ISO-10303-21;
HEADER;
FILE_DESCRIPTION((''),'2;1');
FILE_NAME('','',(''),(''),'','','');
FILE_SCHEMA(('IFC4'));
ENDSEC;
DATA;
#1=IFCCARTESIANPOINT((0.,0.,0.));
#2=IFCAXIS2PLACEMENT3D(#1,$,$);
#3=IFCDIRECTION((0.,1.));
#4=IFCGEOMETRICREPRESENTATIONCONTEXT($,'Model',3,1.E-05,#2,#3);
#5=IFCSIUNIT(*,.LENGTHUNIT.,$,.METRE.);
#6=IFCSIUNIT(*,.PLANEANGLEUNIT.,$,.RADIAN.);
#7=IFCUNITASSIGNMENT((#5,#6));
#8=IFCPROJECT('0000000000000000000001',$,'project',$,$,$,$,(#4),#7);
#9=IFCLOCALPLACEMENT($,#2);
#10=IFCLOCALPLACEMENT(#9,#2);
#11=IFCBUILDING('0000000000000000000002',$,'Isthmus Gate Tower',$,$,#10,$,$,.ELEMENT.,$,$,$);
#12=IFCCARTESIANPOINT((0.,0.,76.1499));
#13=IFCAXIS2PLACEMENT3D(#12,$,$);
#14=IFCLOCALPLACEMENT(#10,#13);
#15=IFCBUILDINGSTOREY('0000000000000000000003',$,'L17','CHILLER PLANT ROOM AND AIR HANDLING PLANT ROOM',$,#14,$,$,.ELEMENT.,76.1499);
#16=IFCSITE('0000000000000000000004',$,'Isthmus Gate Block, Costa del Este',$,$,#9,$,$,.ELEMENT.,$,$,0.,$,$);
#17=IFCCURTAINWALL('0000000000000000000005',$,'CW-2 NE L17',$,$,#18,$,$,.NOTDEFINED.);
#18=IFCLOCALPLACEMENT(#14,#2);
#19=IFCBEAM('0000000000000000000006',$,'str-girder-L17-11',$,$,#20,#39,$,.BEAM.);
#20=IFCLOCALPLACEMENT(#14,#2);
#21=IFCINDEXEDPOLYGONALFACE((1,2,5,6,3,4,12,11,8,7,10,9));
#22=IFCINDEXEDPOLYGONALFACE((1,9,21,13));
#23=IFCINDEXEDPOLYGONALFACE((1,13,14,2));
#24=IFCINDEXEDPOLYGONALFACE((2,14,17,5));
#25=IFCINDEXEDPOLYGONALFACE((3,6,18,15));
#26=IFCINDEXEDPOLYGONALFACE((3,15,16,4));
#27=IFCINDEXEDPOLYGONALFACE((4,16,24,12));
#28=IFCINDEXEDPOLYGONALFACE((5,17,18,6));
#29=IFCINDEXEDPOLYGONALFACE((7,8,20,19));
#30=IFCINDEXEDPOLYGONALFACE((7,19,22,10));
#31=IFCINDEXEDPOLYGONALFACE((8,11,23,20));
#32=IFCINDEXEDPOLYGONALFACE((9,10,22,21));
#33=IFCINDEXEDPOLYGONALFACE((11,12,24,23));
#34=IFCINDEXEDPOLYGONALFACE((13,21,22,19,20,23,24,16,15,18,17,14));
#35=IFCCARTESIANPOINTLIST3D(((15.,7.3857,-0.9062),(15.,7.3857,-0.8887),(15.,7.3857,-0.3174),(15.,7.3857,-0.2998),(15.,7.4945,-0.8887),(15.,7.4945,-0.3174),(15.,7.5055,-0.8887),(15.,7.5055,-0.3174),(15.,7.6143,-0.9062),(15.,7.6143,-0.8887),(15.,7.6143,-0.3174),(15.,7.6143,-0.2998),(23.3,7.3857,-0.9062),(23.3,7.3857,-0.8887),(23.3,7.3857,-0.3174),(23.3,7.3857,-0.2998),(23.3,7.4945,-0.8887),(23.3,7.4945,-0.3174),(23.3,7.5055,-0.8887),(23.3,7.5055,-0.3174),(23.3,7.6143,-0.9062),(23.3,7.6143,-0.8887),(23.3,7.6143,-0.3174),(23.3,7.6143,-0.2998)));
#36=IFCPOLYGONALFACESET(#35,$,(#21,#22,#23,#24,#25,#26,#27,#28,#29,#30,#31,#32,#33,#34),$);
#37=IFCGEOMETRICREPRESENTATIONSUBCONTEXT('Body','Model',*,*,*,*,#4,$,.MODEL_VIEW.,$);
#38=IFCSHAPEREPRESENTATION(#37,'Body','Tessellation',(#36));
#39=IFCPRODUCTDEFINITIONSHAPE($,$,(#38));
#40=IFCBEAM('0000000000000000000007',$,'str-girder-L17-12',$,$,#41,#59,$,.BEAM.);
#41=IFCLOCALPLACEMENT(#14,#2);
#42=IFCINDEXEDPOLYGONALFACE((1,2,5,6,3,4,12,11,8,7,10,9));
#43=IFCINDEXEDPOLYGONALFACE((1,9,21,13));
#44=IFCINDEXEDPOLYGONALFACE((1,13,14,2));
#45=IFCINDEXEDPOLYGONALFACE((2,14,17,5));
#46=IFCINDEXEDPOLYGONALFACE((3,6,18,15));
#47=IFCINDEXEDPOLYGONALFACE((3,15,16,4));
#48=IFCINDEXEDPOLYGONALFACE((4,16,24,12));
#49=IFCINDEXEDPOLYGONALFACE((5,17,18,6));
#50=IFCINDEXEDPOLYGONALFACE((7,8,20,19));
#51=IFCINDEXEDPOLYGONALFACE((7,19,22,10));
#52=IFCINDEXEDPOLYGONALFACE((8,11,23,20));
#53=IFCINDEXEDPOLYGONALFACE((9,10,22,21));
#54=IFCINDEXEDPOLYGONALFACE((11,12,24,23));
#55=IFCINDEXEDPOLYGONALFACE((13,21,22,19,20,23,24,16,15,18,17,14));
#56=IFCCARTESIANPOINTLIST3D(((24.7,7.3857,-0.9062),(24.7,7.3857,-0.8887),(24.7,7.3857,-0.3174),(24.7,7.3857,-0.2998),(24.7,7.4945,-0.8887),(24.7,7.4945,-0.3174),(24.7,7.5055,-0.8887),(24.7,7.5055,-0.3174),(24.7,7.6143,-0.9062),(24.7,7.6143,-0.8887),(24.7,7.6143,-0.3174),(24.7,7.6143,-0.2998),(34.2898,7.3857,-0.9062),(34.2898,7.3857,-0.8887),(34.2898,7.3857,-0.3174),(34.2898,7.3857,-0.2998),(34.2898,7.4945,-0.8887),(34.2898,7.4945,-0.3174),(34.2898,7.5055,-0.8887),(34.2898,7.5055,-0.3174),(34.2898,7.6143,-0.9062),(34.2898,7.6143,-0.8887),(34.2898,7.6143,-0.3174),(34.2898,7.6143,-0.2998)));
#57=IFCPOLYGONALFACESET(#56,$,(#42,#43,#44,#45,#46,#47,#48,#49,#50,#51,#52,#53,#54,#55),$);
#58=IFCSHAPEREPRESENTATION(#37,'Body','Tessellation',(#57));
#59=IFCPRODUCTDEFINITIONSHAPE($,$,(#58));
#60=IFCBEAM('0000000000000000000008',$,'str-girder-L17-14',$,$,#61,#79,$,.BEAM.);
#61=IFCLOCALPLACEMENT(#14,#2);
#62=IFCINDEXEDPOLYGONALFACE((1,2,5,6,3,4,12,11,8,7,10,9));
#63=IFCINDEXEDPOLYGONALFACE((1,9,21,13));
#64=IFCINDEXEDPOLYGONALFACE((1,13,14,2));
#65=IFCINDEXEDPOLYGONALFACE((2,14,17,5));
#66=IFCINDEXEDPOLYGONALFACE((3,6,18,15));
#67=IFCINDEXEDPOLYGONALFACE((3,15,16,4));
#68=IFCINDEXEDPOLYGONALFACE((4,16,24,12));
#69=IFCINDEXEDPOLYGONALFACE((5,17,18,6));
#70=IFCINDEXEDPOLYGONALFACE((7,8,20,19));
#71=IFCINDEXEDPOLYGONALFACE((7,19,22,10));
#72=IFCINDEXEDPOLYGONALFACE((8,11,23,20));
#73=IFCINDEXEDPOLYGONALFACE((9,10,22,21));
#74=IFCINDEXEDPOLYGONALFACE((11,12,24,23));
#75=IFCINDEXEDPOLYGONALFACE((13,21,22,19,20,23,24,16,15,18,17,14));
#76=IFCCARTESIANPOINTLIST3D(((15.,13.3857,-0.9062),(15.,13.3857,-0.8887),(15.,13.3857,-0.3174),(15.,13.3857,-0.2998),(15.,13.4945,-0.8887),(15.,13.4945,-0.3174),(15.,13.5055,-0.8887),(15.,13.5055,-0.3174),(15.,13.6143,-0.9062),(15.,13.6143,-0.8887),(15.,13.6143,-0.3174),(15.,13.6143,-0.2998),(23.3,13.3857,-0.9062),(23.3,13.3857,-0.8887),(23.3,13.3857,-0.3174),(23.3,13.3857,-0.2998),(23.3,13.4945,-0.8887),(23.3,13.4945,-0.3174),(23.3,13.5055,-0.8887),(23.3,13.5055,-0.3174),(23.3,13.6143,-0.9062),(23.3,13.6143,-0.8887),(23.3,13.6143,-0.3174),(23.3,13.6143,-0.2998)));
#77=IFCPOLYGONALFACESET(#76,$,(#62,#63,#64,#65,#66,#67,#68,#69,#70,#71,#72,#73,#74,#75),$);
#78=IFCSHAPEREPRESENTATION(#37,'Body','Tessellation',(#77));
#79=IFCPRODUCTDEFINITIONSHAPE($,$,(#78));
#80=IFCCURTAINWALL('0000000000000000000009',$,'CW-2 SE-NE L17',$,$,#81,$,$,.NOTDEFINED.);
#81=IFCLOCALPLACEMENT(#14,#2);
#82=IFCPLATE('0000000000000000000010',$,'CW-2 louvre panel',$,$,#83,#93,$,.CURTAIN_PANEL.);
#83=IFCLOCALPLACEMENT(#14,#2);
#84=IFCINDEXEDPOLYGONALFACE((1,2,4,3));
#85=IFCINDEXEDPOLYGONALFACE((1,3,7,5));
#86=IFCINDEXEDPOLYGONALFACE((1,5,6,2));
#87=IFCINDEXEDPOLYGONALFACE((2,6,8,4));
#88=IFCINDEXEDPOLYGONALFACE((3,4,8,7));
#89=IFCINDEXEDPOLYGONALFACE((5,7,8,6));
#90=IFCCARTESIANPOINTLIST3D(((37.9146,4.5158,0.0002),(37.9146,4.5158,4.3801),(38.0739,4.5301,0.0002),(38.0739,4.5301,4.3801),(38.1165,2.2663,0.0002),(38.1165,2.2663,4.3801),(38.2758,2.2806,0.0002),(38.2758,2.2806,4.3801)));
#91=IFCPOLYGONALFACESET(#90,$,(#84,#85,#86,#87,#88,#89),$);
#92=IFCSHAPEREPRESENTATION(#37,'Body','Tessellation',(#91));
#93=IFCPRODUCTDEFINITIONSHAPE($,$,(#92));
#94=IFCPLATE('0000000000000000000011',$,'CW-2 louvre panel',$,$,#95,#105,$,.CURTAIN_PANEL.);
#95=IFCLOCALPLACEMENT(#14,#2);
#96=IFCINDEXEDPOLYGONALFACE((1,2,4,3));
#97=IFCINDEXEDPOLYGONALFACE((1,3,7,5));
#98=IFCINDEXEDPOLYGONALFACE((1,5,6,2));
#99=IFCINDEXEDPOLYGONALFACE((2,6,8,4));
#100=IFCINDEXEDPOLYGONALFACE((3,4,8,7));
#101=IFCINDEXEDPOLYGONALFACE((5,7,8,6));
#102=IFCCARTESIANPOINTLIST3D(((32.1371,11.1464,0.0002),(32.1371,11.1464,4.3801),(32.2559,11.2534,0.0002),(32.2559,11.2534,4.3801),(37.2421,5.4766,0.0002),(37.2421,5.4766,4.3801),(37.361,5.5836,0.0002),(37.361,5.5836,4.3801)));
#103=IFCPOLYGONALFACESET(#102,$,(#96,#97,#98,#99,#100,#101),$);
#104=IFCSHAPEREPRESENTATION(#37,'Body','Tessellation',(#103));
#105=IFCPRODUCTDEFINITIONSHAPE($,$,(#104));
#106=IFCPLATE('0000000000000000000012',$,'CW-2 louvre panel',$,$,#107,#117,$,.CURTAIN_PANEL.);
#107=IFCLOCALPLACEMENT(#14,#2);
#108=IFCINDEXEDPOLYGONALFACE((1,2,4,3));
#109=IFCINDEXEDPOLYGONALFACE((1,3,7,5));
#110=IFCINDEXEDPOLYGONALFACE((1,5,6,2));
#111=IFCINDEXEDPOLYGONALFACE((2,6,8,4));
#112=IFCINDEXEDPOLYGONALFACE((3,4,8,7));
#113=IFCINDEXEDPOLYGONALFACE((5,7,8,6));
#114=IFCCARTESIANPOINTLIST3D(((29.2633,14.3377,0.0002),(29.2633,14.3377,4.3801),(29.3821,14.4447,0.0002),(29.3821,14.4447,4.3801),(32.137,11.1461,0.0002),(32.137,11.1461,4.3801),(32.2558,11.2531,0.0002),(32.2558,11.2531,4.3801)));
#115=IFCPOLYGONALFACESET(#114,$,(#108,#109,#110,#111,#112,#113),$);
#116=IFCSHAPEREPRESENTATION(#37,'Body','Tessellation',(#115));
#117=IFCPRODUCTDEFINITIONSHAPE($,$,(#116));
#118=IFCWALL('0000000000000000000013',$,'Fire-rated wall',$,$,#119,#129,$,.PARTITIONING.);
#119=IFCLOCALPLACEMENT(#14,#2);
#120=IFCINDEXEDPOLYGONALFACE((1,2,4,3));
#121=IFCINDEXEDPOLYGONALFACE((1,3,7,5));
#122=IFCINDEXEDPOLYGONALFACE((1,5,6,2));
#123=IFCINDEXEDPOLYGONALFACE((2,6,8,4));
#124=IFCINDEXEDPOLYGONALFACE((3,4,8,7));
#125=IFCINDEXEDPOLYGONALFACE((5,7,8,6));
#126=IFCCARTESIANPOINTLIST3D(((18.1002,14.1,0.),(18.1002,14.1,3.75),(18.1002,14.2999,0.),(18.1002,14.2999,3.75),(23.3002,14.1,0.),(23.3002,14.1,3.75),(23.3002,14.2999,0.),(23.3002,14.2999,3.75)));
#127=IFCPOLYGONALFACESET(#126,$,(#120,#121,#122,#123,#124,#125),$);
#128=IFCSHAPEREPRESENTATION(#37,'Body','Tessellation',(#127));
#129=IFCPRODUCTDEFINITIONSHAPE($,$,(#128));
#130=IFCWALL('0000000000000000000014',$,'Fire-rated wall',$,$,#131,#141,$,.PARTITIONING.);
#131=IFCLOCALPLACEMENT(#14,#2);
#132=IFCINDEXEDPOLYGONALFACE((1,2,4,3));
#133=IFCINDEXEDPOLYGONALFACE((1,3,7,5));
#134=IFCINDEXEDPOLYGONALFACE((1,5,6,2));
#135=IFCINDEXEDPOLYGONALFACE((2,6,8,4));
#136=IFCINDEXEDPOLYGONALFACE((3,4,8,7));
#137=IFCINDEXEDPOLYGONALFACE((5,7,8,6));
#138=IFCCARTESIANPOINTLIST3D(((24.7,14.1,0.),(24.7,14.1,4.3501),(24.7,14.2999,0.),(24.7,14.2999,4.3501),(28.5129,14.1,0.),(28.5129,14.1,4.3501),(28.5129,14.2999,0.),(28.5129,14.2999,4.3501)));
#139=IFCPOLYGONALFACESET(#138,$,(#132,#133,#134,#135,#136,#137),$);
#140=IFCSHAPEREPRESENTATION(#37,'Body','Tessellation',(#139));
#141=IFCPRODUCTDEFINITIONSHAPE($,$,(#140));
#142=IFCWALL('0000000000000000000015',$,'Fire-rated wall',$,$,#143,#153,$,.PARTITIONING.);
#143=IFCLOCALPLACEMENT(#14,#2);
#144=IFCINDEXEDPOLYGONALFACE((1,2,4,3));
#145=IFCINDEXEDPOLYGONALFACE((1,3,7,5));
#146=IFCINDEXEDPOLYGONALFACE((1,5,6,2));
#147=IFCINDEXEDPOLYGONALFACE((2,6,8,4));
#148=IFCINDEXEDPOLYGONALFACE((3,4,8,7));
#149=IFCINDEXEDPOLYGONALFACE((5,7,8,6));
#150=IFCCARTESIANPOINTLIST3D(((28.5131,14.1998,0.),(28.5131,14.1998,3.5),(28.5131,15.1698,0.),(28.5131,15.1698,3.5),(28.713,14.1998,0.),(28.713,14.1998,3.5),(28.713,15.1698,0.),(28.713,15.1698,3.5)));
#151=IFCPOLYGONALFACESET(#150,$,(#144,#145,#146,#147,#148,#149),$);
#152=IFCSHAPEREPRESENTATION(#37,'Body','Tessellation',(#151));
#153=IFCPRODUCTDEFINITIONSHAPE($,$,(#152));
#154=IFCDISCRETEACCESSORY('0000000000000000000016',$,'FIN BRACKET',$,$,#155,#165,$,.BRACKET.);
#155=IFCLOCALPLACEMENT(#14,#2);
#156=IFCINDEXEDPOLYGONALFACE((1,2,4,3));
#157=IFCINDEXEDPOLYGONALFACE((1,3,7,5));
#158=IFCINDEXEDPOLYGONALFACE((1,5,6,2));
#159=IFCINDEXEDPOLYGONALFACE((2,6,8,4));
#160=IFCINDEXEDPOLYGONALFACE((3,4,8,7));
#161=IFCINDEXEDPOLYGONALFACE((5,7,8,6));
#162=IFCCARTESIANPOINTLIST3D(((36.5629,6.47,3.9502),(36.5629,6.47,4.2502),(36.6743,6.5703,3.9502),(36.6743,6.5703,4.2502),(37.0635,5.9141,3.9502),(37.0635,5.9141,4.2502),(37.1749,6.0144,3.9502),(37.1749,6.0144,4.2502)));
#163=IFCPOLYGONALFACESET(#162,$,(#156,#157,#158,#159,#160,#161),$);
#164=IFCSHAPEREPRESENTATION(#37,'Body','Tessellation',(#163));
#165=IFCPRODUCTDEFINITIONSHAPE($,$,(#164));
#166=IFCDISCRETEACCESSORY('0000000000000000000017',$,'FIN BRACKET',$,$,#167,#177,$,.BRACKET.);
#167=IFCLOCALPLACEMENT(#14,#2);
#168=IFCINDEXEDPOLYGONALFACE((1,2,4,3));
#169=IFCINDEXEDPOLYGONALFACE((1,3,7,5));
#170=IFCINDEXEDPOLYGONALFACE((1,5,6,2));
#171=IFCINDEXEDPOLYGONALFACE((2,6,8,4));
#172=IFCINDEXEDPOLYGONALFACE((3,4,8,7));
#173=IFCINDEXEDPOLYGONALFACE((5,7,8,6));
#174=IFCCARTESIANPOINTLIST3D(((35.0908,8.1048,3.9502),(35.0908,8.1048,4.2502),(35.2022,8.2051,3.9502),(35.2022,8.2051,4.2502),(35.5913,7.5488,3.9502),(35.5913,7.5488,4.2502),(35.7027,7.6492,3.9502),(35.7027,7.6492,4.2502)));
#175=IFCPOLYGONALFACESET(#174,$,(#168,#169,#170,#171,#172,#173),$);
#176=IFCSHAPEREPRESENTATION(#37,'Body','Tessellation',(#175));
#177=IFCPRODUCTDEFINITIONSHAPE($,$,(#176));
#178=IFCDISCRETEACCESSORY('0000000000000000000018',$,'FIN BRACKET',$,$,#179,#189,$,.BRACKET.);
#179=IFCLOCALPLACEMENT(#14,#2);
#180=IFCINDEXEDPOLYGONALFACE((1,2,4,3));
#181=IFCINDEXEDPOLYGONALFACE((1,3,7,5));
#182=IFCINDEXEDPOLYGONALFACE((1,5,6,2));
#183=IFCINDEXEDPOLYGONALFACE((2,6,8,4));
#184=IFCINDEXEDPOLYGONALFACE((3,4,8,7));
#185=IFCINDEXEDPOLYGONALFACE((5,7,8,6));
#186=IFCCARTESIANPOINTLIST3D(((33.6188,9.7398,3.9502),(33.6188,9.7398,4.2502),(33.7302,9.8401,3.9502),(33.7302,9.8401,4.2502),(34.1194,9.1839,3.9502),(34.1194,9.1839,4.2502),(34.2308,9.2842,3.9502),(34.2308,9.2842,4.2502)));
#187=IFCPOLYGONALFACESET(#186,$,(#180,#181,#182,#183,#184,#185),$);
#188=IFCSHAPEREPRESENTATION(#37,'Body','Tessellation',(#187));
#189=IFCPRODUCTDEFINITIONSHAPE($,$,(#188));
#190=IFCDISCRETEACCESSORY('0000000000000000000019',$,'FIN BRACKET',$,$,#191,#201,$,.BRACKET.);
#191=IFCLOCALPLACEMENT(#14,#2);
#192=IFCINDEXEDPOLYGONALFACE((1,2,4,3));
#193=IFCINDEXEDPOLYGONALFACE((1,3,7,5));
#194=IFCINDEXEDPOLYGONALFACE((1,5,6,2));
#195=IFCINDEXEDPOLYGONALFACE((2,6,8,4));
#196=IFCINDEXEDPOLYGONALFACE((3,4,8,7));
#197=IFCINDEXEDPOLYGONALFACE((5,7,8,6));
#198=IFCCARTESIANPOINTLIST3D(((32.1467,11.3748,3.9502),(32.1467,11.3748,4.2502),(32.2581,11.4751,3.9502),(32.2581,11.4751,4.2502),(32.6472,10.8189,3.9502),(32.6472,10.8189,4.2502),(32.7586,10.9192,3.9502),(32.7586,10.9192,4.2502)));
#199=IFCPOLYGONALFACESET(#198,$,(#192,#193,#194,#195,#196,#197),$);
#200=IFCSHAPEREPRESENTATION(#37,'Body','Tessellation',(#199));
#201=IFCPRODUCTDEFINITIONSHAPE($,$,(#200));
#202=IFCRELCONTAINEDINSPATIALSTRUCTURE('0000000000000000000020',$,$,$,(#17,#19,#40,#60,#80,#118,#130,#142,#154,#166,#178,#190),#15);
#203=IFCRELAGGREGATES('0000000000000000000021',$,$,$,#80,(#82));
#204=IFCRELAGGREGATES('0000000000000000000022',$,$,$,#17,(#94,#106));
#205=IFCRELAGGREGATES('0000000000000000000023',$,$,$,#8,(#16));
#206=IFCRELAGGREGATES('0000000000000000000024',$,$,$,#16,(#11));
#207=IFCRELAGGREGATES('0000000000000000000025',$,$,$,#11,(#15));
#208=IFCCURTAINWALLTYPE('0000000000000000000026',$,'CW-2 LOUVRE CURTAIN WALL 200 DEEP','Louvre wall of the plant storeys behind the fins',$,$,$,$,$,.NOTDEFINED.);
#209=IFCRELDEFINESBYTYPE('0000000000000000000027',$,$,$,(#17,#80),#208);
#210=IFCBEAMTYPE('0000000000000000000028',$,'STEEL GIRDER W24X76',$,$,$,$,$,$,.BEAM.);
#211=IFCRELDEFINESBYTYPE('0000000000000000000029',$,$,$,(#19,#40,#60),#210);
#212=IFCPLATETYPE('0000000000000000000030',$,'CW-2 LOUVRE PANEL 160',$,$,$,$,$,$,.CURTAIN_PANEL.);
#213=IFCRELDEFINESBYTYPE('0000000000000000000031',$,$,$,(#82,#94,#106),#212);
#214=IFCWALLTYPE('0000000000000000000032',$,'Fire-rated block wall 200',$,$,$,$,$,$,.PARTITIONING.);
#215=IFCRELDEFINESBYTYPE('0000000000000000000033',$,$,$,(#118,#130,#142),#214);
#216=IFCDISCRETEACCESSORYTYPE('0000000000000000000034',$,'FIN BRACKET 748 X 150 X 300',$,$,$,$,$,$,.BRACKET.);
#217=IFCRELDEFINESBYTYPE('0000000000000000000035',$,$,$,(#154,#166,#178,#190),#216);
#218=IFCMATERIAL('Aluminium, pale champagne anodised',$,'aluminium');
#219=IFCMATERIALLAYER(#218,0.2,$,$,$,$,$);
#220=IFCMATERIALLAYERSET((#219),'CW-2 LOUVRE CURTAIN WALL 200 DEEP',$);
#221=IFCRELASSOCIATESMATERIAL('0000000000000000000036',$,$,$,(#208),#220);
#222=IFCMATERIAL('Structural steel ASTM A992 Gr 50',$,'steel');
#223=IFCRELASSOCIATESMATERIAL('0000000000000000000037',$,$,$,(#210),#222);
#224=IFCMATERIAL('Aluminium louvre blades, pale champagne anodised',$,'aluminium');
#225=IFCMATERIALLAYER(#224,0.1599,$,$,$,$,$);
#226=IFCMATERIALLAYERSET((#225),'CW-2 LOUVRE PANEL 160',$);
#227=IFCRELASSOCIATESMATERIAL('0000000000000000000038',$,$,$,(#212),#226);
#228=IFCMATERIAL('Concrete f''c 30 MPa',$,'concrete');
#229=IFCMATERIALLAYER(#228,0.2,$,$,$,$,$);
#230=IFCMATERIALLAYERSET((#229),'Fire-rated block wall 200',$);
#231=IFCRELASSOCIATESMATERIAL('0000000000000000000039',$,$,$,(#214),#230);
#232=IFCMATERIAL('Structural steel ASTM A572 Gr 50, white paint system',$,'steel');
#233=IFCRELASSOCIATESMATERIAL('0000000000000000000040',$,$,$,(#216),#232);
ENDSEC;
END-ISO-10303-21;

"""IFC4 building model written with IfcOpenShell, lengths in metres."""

from ifc_helpers import new_model, si_unit, direction, frame, frame_2d, origin, origin_2d, place, context, subcontext, project, spatial, rectangle, i_section, extrude, material, layer, layer_set, material_profile, profile_set, type_object, element, aggregate, save


model = new_model("IFC4")

# Units and contexts
model_context = context("Model", 3, precision=1e-05, world=origin(), true_north=direction((0.0, 1.0)))
body_context = subcontext(model_context, "Body", "Model", "MODEL_VIEW")
ifc_project = project(units=[si_unit("LENGTHUNIT", "METRE"), si_unit("PLANEANGLEUNIT", "RADIAN")], contexts=[model_context])

# Site, building, storey
site_placement = place(None, origin())
site = spatial("IfcSite", under=ifc_project, at=site_placement, Name="Isthmus Gate Block, Costa del Este", CompositionType="ELEMENT", RefElevation=0.0)
building_placement = place(site_placement, origin())
building = spatial("IfcBuilding", under=site, at=building_placement, Name="Isthmus Gate Tower", CompositionType="ELEMENT")
storey_placement = place(building_placement, frame((0.0, 0.0, 76.1499)))
storey = spatial("IfcBuildingStorey", under=building, at=storey_placement, Name="L17", Description="CHILLER PLANT ROOM AND AIR HANDLING PLANT ROOM", CompositionType="ELEMENT", Elevation=76.1499)

# Curtain wall
ifc_material_1 = material(Name="Aluminium, pale champagne anodised", Category="aluminium")
ifc_layer_1 = layer(ifc_material_1, 0.2)
ifc_layer_set_1 = layer_set([ifc_layer_1], Name="CW-2 LOUVRE CURTAIN WALL 200 DEEP")
curtain_wall_type = type_object("IfcCurtainWallType", Name="CW-2 LOUVRE CURTAIN WALL 200 DEEP", Description="Louvre wall of the plant storeys behind the fins", PredefinedType="NOTDEFINED", material=ifc_layer_set_1)
curtain_wall_1_placement = place(storey_placement, origin())
curtain_wall_1 = element("IfcCurtainWall", 1, at=curtain_wall_1_placement, inside=storey, type_object=curtain_wall_type, Name="CW-2 NE L17", PredefinedType="NOTDEFINED")

# Beams
ifc_material_2 = material(Name="Structural steel ASTM A992 Gr 50", Category="steel")
ifc_material_profile_1 = material_profile(ifc_material_2, i_section(OverallWidth=0.2285, OverallDepth=0.6064, WebThickness=0.011, FlangeThickness=0.0176, at=origin_2d()), Name="W24X76")
ifc_profile_set_1 = profile_set([ifc_material_profile_1], Name="Structural steel ASTM A992 Gr 50")
beam_type_1 = type_object("IfcBeamType", Name="STEEL GIRDER W24X76", PredefinedType="BEAM", material=ifc_profile_set_1)
beam_1_placement = place(storey_placement, frame((15.0, 7.5, -0.603), z_axis=(1.0, 0.0, 0.0), x_axis=(0.0, 1.0, 0.0)))
element("IfcBeam", 2, at=beam_1_placement, inside=storey, type_object=beam_type_1, Name="str-girder-L17-11", PredefinedType="BEAM", context=body_context, shape_type="SweptSolid", body=[
    extrude(i_section(OverallWidth=0.2285, OverallDepth=0.6064, WebThickness=0.011, FlangeThickness=0.0176, at=origin_2d()), origin(), (0.0, 0.0, 1.0), 8.3),
])
beam_2_placement = place(storey_placement, frame((24.7, 7.5, -0.603), z_axis=(1.0, 0.0, 0.0), x_axis=(0.0, 1.0, 0.0)))
element("IfcBeam", 3, at=beam_2_placement, inside=storey, type_object=beam_type_1, Name="str-girder-L17-12", PredefinedType="BEAM", context=body_context, shape_type="SweptSolid", body=[
    extrude(i_section(OverallWidth=0.2285, OverallDepth=0.6064, WebThickness=0.011, FlangeThickness=0.0176, at=origin_2d()), origin(), (0.0, 0.0, 1.0), 9.5898),
])
beam_3_placement = place(storey_placement, frame((15.0, 13.5, -0.603), z_axis=(1.0, 0.0, 0.0), x_axis=(0.0, 1.0, 0.0)))
element("IfcBeam", 4, at=beam_3_placement, inside=storey, type_object=beam_type_1, Name="str-girder-L17-14", PredefinedType="BEAM", context=body_context, shape_type="SweptSolid", body=[
    extrude(i_section(OverallWidth=0.2285, OverallDepth=0.6064, WebThickness=0.011, FlangeThickness=0.0176, at=origin_2d()), origin(), (0.0, 0.0, 1.0), 8.3),
])

# Curtain wall, plate
curtain_wall_2_placement = place(storey_placement, origin())
curtain_wall_2 = element("IfcCurtainWall", 5, at=curtain_wall_2_placement, inside=storey, type_object=curtain_wall_type, Name="CW-2 SE-NE L17", PredefinedType="NOTDEFINED")
ifc_material_3 = material(Name="Aluminium louvre blades, pale champagne anodised", Category="aluminium")
ifc_layer_2 = layer(ifc_material_3, 0.1599)
ifc_layer_set_2 = layer_set([ifc_layer_2], Name="CW-2 LOUVRE PANEL 160")
plate_type = type_object("IfcPlateType", Name="CW-2 LOUVRE PANEL 160", PredefinedType="CURTAIN_PANEL", material=ifc_layer_set_2)
plate_1_placement = place(storey_placement, frame((38.0952, 3.3982, 0.0002), z_axis=(0.0, 0.0, 1.0), x_axis=(-0.089397, 0.995996, 0.0)))
plate_1 = element("IfcPlate", 6, at=plate_1_placement, type_object=plate_type, Name="CW-2 louvre panel", PredefinedType="CURTAIN_PANEL", context=body_context, shape_type="SweptSolid", body=[
    extrude(rectangle(XDim=2.2585, YDim=0.1599, at=origin_2d()), origin(), (0.0, 0.0, 1.0), 4.3799),
])
aggregate(curtain_wall_2, [plate_1])

# Plates
plate_2_placement = place(storey_placement, frame((34.749, 8.365, 0.0002), z_axis=(0.0, 0.0, 1.0), x_axis=(-0.669131, 0.743145, 0.0)))
plate_2 = element("IfcPlate", 7, at=plate_2_placement, type_object=plate_type, Name="CW-2 louvre panel", PredefinedType="CURTAIN_PANEL", context=body_context, shape_type="SweptSolid", body=[
    extrude(rectangle(XDim=7.6294, YDim=0.1599, at=origin_2d()), origin(), (0.0, 0.0, 1.0), 4.3799),
])
plate_3_placement = place(storey_placement, frame((30.7595, 12.7954, 0.0002), z_axis=(0.0, 0.0, 1.0), x_axis=(-0.669131, 0.743145, 0.0)))
plate_3 = element("IfcPlate", 8, at=plate_3_placement, type_object=plate_type, Name="CW-2 louvre panel", PredefinedType="CURTAIN_PANEL", context=body_context, shape_type="SweptSolid", body=[
    extrude(rectangle(XDim=4.2947, YDim=0.1599, at=origin_2d()), origin(), (0.0, 0.0, 1.0), 4.3799),
])
aggregate(curtain_wall_1, [plate_2, plate_3])

# Walls
ifc_material_4 = material(Name="Concrete f'c 30 MPa", Category="concrete")
ifc_layer_3 = layer(ifc_material_4, 0.2)
ifc_layer_set_3 = layer_set([ifc_layer_3], Name="Fire-rated block wall 200")
wall_type = type_object("IfcWallType", Name="Fire-rated block wall 200", PredefinedType="PARTITIONING", material=ifc_layer_set_3)
wall_1_placement = place(storey_placement, frame((18.1001, 14.2, 0.0), z_axis=(0.0, 0.0, 1.0), x_axis=(1.0, 0.0, 0.0)))
element("IfcWall", 9, at=wall_1_placement, inside=storey, type_object=wall_type, Name="Fire-rated wall", PredefinedType="PARTITIONING", context=body_context, shape_type="SweptSolid", body=[
    extrude(rectangle(XDim=5.2, YDim=0.2, at=frame_2d((2.6001, 0.0))), origin(), (0.0, 0.0, 1.0), 3.75),
])
wall_2_placement = place(storey_placement, frame((24.7, 14.2, 0.0), z_axis=(0.0, 0.0, 1.0), x_axis=(1.0, 0.0, 0.0)))
element("IfcWall", 10, at=wall_2_placement, inside=storey, type_object=wall_type, Name="Fire-rated wall", PredefinedType="PARTITIONING", context=body_context, shape_type="SweptSolid", body=[
    extrude(rectangle(XDim=3.813, YDim=0.2, at=frame_2d((1.9065, 0.0))), origin(), (0.0, 0.0, 1.0), 4.3501),
])
wall_3_placement = place(storey_placement, frame((28.613, 14.2, 0.0), z_axis=(0.0, 0.0, 1.0), x_axis=(0.0, 1.0, 0.0)))
element("IfcWall", 11, at=wall_3_placement, inside=storey, type_object=wall_type, Name="Fire-rated wall", PredefinedType="PARTITIONING", context=body_context, shape_type="SweptSolid", body=[
    extrude(rectangle(XDim=0.97, YDim=0.2, at=frame_2d((0.4849, 0.0))), origin(), (0.0, 0.0, 1.0), 3.5),
])

# Discrete accessories
ifc_material_5 = material(Name="Structural steel ASTM A572 Gr 50, white paint system", Category="steel")
discrete_accessory_type = type_object("IfcDiscreteAccessoryType", Name="FIN BRACKET 748 X 150 X 300", PredefinedType="BRACKET", material=ifc_material_5)
for number, where, z_axis, x_axis, name in (
    (12, (36.8689, 6.2422, 3.9502), (0.0, 0.0, 1.0), (0.743145, 0.669131, 0.0), "FIN BRACKET"),
    (13, (35.3967, 7.877, 3.9502), (0.0, 0.0, 1.0), (0.743145, 0.669131, 0.0), "FIN BRACKET"),
    (14, (33.9248, 9.512, 3.9502), (0.0, 0.0, 1.0), (0.743145, 0.669131, 0.0), "FIN BRACKET"),
    (15, (32.4526, 11.147, 3.9502), (0.0, 0.0, 1.0), (0.743145, 0.669131, 0.0), "FIN BRACKET"),
):
    element("IfcDiscreteAccessory", number, at=place(storey_placement, frame(where, z_axis=z_axis, x_axis=x_axis)), inside=storey, type_object=discrete_accessory_type, Name=name, PredefinedType="BRACKET", context=body_context, shape_type="SweptSolid", body=[
        extrude(rectangle(XDim=0.1499, YDim=0.748, at=origin_2d()), origin(), (0.0, 0.0, 1.0), 0.3),
    ])

save(model, "model.ifc")
